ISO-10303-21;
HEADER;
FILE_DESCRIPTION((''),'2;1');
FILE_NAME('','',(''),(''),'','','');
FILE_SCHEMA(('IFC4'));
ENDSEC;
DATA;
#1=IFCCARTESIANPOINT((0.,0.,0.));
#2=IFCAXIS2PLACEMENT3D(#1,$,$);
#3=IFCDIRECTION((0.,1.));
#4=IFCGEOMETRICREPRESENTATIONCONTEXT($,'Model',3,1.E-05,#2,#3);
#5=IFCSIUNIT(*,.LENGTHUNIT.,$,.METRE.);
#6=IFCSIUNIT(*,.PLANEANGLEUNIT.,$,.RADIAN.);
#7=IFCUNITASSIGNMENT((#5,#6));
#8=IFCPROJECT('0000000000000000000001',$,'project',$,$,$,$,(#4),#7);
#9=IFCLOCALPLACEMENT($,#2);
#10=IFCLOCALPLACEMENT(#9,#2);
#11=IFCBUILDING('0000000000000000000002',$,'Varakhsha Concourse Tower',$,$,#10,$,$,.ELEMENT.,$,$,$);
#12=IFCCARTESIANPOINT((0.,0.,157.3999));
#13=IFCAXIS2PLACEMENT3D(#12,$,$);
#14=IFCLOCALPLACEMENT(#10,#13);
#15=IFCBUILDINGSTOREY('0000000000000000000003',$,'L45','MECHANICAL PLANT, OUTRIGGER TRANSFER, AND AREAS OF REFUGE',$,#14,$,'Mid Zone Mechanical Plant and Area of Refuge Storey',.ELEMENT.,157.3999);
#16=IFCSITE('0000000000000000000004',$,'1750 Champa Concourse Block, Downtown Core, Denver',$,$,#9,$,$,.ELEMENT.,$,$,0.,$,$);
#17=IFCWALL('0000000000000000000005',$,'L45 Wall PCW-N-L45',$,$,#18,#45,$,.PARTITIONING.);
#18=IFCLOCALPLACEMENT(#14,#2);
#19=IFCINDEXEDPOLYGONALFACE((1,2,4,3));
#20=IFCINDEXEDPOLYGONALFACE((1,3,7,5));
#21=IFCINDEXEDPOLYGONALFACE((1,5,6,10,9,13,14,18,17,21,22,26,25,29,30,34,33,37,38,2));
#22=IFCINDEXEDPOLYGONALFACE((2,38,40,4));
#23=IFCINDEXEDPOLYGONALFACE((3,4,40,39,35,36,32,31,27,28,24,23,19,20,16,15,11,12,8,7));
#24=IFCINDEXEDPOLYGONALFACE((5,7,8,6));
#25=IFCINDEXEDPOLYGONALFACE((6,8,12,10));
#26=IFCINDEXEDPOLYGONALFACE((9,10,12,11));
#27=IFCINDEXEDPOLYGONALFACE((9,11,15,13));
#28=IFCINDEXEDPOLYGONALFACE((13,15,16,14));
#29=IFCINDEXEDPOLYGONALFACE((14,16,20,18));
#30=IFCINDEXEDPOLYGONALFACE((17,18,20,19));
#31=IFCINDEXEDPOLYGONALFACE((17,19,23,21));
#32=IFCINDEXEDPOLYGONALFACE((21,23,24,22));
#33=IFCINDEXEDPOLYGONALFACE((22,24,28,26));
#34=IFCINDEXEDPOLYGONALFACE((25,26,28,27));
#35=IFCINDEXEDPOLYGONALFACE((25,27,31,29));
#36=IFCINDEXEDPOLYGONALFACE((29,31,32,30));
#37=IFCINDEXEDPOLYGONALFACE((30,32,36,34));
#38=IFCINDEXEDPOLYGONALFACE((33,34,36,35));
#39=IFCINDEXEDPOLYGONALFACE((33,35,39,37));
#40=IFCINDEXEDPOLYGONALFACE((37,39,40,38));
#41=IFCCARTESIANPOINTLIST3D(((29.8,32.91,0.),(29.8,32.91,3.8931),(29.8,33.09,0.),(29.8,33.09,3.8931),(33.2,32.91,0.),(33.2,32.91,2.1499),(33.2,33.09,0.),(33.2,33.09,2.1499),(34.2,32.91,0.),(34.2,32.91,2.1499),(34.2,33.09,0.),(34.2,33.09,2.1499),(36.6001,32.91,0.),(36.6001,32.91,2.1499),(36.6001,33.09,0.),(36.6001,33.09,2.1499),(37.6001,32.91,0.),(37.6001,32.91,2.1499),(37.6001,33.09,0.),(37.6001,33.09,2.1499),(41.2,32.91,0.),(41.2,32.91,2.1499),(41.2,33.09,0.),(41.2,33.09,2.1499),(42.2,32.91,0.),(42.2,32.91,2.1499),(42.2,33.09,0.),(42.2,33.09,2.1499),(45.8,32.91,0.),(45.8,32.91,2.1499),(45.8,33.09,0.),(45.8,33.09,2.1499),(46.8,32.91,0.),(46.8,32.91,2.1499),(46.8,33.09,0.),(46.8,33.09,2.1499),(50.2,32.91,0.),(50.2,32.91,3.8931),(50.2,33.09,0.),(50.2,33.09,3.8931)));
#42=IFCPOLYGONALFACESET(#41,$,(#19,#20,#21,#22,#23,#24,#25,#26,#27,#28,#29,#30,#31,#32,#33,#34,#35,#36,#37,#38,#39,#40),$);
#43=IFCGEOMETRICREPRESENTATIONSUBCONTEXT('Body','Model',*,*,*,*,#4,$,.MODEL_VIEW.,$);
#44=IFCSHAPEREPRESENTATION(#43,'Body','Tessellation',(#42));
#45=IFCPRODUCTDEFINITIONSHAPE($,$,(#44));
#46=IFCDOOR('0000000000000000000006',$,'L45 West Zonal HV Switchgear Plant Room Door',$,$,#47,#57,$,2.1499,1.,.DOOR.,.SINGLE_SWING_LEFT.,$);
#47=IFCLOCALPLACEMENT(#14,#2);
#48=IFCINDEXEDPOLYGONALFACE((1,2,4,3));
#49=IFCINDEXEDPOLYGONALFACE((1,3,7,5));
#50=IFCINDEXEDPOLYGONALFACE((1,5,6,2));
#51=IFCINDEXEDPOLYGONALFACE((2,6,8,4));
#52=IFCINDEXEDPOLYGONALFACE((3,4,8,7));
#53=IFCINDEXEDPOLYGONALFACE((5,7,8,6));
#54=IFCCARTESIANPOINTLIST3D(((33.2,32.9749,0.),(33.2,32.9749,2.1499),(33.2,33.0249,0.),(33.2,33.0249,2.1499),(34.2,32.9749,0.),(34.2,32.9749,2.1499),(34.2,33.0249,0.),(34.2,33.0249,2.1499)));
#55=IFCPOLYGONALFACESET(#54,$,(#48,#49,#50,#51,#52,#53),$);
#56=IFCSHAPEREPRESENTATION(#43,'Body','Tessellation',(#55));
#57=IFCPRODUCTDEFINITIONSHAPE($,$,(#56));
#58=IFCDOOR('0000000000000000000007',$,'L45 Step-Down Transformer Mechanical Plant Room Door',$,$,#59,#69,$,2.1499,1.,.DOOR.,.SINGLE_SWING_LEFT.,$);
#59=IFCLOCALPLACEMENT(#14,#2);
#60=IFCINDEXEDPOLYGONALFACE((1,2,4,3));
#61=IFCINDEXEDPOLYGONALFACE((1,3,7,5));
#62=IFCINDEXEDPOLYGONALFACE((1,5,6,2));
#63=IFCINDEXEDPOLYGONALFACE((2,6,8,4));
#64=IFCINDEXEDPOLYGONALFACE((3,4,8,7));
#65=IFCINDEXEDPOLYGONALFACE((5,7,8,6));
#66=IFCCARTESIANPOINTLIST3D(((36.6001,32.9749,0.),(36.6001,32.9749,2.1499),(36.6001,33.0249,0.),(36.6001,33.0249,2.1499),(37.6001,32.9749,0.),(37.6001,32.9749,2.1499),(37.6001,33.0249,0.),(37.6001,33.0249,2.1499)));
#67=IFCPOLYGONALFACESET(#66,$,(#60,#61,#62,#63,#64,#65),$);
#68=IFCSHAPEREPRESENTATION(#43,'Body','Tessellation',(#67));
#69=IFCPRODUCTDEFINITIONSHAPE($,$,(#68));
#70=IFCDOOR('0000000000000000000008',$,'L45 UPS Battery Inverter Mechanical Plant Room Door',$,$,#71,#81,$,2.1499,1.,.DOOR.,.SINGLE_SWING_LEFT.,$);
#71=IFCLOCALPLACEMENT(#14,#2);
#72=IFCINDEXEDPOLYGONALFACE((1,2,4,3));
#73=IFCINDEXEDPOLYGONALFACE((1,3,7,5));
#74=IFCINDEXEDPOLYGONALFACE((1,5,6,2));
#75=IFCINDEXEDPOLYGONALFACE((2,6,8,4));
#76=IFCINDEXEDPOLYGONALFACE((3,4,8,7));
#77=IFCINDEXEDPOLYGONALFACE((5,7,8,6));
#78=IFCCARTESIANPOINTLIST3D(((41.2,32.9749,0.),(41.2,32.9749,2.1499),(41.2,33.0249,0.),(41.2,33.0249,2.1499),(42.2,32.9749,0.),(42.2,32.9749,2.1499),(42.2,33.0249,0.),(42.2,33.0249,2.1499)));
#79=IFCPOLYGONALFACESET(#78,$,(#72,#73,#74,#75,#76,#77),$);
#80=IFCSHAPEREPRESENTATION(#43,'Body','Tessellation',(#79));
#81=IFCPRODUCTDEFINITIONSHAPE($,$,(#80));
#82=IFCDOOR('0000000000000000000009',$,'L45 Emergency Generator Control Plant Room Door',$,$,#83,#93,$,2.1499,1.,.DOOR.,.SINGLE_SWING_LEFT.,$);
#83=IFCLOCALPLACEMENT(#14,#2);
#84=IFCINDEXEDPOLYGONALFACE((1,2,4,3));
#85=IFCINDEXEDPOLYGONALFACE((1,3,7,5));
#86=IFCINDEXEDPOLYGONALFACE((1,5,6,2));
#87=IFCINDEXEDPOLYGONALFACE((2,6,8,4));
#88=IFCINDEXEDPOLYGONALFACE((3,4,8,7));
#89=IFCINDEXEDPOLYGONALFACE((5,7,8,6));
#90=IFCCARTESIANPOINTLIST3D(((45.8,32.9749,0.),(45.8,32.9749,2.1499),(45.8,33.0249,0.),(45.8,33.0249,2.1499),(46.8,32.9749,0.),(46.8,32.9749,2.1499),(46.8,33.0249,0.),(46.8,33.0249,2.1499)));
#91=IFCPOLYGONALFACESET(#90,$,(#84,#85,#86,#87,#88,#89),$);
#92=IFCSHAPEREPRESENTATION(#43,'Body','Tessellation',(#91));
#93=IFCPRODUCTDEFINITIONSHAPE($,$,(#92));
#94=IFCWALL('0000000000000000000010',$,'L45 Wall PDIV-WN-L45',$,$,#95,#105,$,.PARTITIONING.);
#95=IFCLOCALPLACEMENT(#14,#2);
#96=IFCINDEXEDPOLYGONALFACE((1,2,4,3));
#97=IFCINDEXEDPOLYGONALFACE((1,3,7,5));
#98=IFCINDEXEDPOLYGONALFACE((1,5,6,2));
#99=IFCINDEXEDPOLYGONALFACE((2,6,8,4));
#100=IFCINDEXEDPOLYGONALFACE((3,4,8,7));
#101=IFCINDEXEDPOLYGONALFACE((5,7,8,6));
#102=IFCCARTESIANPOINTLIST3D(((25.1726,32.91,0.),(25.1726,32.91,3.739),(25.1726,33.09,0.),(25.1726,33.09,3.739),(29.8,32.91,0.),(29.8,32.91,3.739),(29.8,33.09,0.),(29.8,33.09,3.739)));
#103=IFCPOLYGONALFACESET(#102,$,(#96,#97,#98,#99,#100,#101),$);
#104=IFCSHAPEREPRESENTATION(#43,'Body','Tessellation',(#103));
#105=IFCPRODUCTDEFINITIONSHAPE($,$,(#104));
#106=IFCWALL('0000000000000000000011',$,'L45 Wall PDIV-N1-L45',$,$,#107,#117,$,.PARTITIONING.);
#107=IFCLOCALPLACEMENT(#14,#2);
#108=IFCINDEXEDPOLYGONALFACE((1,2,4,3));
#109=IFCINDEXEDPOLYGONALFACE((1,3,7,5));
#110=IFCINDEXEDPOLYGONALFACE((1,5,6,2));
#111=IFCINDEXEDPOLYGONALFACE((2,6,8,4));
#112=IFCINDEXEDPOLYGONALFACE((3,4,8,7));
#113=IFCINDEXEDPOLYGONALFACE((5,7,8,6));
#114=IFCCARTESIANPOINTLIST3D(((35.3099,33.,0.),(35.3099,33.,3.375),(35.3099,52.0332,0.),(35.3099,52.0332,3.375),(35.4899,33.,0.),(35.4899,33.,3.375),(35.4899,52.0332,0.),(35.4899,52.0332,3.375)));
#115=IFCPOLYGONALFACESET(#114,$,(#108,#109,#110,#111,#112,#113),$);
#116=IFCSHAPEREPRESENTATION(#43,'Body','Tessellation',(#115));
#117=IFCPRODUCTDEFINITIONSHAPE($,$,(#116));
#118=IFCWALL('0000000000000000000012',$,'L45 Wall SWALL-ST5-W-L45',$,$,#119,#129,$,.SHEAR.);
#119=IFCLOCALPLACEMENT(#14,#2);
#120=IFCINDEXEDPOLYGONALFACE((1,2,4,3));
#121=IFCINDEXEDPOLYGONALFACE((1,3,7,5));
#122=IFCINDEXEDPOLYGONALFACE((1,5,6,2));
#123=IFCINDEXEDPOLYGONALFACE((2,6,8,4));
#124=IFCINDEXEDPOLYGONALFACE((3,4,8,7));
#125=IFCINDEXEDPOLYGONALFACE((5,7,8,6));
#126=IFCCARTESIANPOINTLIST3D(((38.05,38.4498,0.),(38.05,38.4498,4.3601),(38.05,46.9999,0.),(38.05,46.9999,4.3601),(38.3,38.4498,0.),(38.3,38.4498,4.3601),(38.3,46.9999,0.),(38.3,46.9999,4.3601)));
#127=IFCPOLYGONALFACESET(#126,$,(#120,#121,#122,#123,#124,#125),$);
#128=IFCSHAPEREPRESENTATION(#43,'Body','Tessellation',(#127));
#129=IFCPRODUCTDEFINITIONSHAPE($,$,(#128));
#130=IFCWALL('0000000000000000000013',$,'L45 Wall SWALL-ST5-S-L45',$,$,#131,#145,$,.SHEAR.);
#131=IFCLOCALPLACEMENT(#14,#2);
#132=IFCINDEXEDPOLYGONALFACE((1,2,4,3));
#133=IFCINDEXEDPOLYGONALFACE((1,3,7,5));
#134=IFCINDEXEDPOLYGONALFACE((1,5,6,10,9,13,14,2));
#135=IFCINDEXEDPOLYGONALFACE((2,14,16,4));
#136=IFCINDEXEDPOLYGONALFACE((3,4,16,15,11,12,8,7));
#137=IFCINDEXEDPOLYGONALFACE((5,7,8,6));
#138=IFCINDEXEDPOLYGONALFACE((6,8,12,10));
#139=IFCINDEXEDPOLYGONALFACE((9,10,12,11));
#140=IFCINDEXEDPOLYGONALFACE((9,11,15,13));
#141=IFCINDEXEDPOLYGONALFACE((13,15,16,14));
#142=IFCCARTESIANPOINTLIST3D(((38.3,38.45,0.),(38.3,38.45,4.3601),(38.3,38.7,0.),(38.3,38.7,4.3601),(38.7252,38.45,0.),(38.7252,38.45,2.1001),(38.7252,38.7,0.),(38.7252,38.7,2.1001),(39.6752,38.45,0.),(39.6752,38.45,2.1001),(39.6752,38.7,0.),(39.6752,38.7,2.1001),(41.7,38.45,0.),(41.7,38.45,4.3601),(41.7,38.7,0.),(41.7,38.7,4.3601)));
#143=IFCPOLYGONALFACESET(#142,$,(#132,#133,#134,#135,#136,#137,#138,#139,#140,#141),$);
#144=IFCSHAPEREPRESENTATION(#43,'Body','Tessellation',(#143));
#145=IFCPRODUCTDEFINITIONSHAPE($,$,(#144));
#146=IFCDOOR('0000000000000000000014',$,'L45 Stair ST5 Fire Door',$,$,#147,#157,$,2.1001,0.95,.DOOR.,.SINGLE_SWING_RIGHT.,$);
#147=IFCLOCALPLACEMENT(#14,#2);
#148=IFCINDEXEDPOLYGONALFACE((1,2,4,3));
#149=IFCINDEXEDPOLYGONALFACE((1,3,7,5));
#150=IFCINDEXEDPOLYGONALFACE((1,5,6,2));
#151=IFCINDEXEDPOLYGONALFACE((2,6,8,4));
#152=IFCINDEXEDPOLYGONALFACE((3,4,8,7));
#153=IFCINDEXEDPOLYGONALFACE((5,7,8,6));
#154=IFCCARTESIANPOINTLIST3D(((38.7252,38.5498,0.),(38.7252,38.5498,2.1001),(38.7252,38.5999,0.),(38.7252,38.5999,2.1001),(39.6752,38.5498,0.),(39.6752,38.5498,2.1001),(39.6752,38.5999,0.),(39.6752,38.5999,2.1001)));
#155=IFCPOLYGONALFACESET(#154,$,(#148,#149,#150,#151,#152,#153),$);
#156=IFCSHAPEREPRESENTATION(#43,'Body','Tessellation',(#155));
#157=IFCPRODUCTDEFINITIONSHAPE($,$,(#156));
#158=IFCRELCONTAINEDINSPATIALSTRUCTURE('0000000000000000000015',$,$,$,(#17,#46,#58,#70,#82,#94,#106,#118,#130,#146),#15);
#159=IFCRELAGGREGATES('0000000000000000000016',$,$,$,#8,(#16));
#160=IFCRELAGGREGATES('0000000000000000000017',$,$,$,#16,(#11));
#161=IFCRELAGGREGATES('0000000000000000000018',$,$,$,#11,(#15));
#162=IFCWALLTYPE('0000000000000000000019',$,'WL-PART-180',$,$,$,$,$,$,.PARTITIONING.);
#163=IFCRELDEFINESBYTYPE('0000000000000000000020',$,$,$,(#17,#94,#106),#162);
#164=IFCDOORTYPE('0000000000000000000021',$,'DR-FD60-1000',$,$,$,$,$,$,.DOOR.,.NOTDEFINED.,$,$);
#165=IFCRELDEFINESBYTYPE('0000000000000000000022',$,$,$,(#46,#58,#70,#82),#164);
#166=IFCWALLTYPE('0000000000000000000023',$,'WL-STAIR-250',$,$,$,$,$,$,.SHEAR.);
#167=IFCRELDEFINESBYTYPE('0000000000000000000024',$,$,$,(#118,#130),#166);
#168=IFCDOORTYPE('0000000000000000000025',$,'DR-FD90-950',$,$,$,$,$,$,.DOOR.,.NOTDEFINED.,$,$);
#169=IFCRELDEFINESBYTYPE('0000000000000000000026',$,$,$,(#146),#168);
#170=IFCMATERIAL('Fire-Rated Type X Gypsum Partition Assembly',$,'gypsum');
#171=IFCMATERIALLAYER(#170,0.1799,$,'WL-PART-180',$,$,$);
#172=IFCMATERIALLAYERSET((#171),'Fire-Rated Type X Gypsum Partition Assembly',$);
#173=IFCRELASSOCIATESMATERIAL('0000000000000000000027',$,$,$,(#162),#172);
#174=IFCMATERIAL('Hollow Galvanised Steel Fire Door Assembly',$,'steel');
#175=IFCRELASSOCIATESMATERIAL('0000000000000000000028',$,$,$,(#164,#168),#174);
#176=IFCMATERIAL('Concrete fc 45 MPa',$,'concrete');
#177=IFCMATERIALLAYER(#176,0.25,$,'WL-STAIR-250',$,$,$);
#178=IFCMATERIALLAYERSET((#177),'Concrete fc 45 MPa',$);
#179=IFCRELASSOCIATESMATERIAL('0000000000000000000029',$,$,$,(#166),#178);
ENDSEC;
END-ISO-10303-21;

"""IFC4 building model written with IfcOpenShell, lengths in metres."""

from ifc_helpers import new_model, si_unit, direction, frame, frame_2d, origin, place, context, subcontext, project, spatial, rectangle, extrude, material, layer, layer_set, type_object, element, fill, save


model = new_model("IFC4")

# Units and contexts
model_context = context("Model", 3, precision=1e-05, world=origin(), true_north=direction((0.0, 1.0)))
body_context = subcontext(model_context, "Body", "Model", "MODEL_VIEW")
ifc_project = project(units=[si_unit("LENGTHUNIT", "METRE"), si_unit("PLANEANGLEUNIT", "RADIAN")], contexts=[model_context])

# Site, building, storey
site_placement = place(None, origin())
site = spatial("IfcSite", under=ifc_project, at=site_placement, Name="1750 Champa Concourse Block, Downtown Core, Denver", CompositionType="ELEMENT", RefElevation=0.0)
building_placement = place(site_placement, origin())
building = spatial("IfcBuilding", under=site, at=building_placement, Name="Varakhsha Concourse Tower", CompositionType="ELEMENT")
storey_placement = place(building_placement, frame((0.0, 0.0, 157.3999)))
storey = spatial("IfcBuildingStorey", under=building, at=storey_placement, Name="L45", Description="MECHANICAL PLANT, OUTRIGGER TRANSFER, AND AREAS OF REFUGE", LongName="Mid Zone Mechanical Plant and Area of Refuge Storey", CompositionType="ELEMENT", Elevation=157.3999)

# Wall, openings, doors
ifc_material_1 = material(Name="Fire-Rated Type X Gypsum Partition Assembly", Category="gypsum")
ifc_layer_1 = layer(ifc_material_1, 0.1799, Name="WL-PART-180")
ifc_layer_set_1 = layer_set([ifc_layer_1], Name="Fire-Rated Type X Gypsum Partition Assembly")
wall_type_1 = type_object("IfcWallType", Name="WL-PART-180", PredefinedType="PARTITIONING", material=ifc_layer_set_1)
wall_1_placement = place(storey_placement, frame((29.8, 33.0, 0.0), z_axis=(0.0, 0.0, 1.0), x_axis=(1.0, 0.0, 0.0)))
wall_1 = element("IfcWall", 1, at=wall_1_placement, inside=storey, type_object=wall_type_1, Name="L45 Wall PCW-N-L45", PredefinedType="PARTITIONING", context=body_context, shape_type="SweptSolid", body=[
    extrude(rectangle(XDim=20.3999, YDim=0.1799, at=frame_2d((10.2, 0.0))), origin(), (0.0, 0.0, 1.0), 3.8931),
])
opening_1_placement = place(wall_1_placement, frame((3.3999, 0.0, 0.0)))
opening_1 = element("IfcOpeningElement", 2, at=opening_1_placement, cuts=wall_1, PredefinedType="OPENING", context=body_context, shape_type="SweptSolid", body=[
    extrude(rectangle(XDim=1.0, YDim=2.1499, at=frame_2d((0.5, 1.075))), frame((0.0, 0.0999, 0.0), z_axis=(0.0, -1.0, 0.0), x_axis=(1.0, 0.0, 0.0)), (0.0, 0.0, 1.0), 0.2),
])
opening_2_placement = place(wall_1_placement, frame((6.8, 0.0, 0.0)))
opening_2 = element("IfcOpeningElement", 3, at=opening_2_placement, cuts=wall_1, PredefinedType="OPENING", context=body_context, shape_type="SweptSolid", body=[
    extrude(rectangle(XDim=1.0, YDim=2.1499, at=frame_2d((0.5, 1.075))), frame((0.0, 0.0999, 0.0), z_axis=(0.0, -1.0, 0.0), x_axis=(1.0, 0.0, 0.0)), (0.0, 0.0, 1.0), 0.2),
])
opening_3_placement = place(wall_1_placement, frame((11.3999, 0.0, 0.0)))
opening_3 = element("IfcOpeningElement", 4, at=opening_3_placement, cuts=wall_1, PredefinedType="OPENING", context=body_context, shape_type="SweptSolid", body=[
    extrude(rectangle(XDim=1.0, YDim=2.1499, at=frame_2d((0.5, 1.075))), frame((0.0, 0.0999, 0.0), z_axis=(0.0, -1.0, 0.0), x_axis=(1.0, 0.0, 0.0)), (0.0, 0.0, 1.0), 0.2),
])
opening_4_placement = place(wall_1_placement, frame((16.0, 0.0, 0.0)))
opening_4 = element("IfcOpeningElement", 5, at=opening_4_placement, cuts=wall_1, PredefinedType="OPENING", context=body_context, shape_type="SweptSolid", body=[
    extrude(rectangle(XDim=1.0, YDim=2.1499, at=frame_2d((0.5, 1.075))), frame((0.0, 0.0999, 0.0), z_axis=(0.0, -1.0, 0.0), x_axis=(1.0, 0.0, 0.0)), (0.0, 0.0, 1.0), 0.2),
])
ifc_material_2 = material(Name="Hollow Galvanised Steel Fire Door Assembly", Category="steel")
door_type_1 = type_object("IfcDoorType", Name="DR-FD60-1000", OperationType="NOTDEFINED", PredefinedType="DOOR", material=ifc_material_2)
door_1_placement = place(opening_1_placement, origin())
door_1 = element("IfcDoor", 6, at=door_1_placement, inside=storey, type_object=door_type_1, Name="L45 West Zonal HV Switchgear Plant Room Door", OperationType="SINGLE_SWING_LEFT", OverallHeight=2.1499, OverallWidth=1.0, PredefinedType="DOOR", context=body_context, shape_type="SweptSolid", body=[
    extrude(rectangle(XDim=1.0, YDim=2.1499, at=frame_2d((0.5, 1.075))), frame((0.0, 0.0249, 0.0), z_axis=(0.0, -1.0, 0.0), x_axis=(1.0, 0.0, 0.0)), (0.0, 0.0, 1.0), 0.05),
])
fill(opening_1, door_1)
door_2_placement = place(opening_2_placement, origin())
door_2 = element("IfcDoor", 7, at=door_2_placement, inside=storey, type_object=door_type_1, Name="L45 Step-Down Transformer Mechanical Plant Room Door", OperationType="SINGLE_SWING_LEFT", OverallHeight=2.1499, OverallWidth=1.0, PredefinedType="DOOR", context=body_context, shape_type="SweptSolid", body=[
    extrude(rectangle(XDim=1.0, YDim=2.1499, at=frame_2d((0.5, 1.075))), frame((0.0, 0.0249, 0.0), z_axis=(0.0, -1.0, 0.0), x_axis=(1.0, 0.0, 0.0)), (0.0, 0.0, 1.0), 0.05),
])
fill(opening_2, door_2)
door_3_placement = place(opening_3_placement, origin())
door_3 = element("IfcDoor", 8, at=door_3_placement, inside=storey, type_object=door_type_1, Name="L45 UPS Battery Inverter Mechanical Plant Room Door", OperationType="SINGLE_SWING_LEFT", OverallHeight=2.1499, OverallWidth=1.0, PredefinedType="DOOR", context=body_context, shape_type="SweptSolid", body=[
    extrude(rectangle(XDim=1.0, YDim=2.1499, at=frame_2d((0.5, 1.075))), frame((0.0, 0.0249, 0.0), z_axis=(0.0, -1.0, 0.0), x_axis=(1.0, 0.0, 0.0)), (0.0, 0.0, 1.0), 0.05),
])
fill(opening_3, door_3)
door_4_placement = place(opening_4_placement, origin())
door_4 = element("IfcDoor", 9, at=door_4_placement, inside=storey, type_object=door_type_1, Name="L45 Emergency Generator Control Plant Room Door", OperationType="SINGLE_SWING_LEFT", OverallHeight=2.1499, OverallWidth=1.0, PredefinedType="DOOR", context=body_context, shape_type="SweptSolid", body=[
    extrude(rectangle(XDim=1.0, YDim=2.1499, at=frame_2d((0.5, 1.075))), frame((0.0, 0.0249, 0.0), z_axis=(0.0, -1.0, 0.0), x_axis=(1.0, 0.0, 0.0)), (0.0, 0.0, 1.0), 0.05),
])
fill(opening_4, door_4)

# Walls
wall_2_placement = place(storey_placement, frame((25.1726, 33.0, 0.0), z_axis=(0.0, 0.0, 1.0), x_axis=(1.0, 0.0, 0.0)))
element("IfcWall", 10, at=wall_2_placement, inside=storey, type_object=wall_type_1, Name="L45 Wall PDIV-WN-L45", PredefinedType="PARTITIONING", context=body_context, shape_type="SweptSolid", body=[
    extrude(rectangle(XDim=4.6274, YDim=0.1799, at=frame_2d((2.3137, 0.0))), origin(), (0.0, 0.0, 1.0), 3.739),
])
wall_3_placement = place(storey_placement, frame((35.3999, 33.0, 0.0), z_axis=(0.0, 0.0, 1.0), x_axis=(0.0, 1.0, 0.0)))
element("IfcWall", 11, at=wall_3_placement, inside=storey, type_object=wall_type_1, Name="L45 Wall PDIV-N1-L45", PredefinedType="PARTITIONING", context=body_context, shape_type="SweptSolid", body=[
    extrude(rectangle(XDim=19.0332, YDim=0.1799, at=frame_2d((9.5166, 0.0))), origin(), (0.0, 0.0, 1.0), 3.375),
])
ifc_material_3 = material(Name="Concrete fc 45 MPa", Category="concrete")
ifc_layer_2 = layer(ifc_material_3, 0.25, Name="WL-STAIR-250")
ifc_layer_set_2 = layer_set([ifc_layer_2], Name="Concrete fc 45 MPa")
wall_type_2 = type_object("IfcWallType", Name="WL-STAIR-250", PredefinedType="SHEAR", material=ifc_layer_set_2)
wall_4_placement = place(storey_placement, frame((38.175, 38.45, 0.0), z_axis=(0.0, 0.0, 1.0), x_axis=(0.0, 1.0, 0.0)))
element("IfcWall", 12, at=wall_4_placement, inside=storey, type_object=wall_type_2, Name="L45 Wall SWALL-ST5-W-L45", PredefinedType="SHEAR", context=body_context, shape_type="SweptSolid", body=[
    extrude(rectangle(XDim=8.55, YDim=0.25, at=frame_2d((4.2749, 0.0))), origin(), (0.0, 0.0, 1.0), 4.3601),
])

# Wall, opening, door
wall_5_placement = place(storey_placement, frame((38.3, 38.575, 0.0), z_axis=(0.0, 0.0, 1.0), x_axis=(1.0, 0.0, 0.0)))
wall_5 = element("IfcWall", 13, at=wall_5_placement, inside=storey, type_object=wall_type_2, Name="L45 Wall SWALL-ST5-S-L45", PredefinedType="SHEAR", context=body_context, shape_type="SweptSolid", body=[
    extrude(rectangle(XDim=3.3999, YDim=0.25, at=frame_2d((1.7, 0.0))), origin(), (0.0, 0.0, 1.0), 4.3601),
])
opening_5_placement = place(wall_5_placement, frame((0.425, 0.0, 0.0)))
opening_5 = element("IfcOpeningElement", 14, at=opening_5_placement, cuts=wall_5, PredefinedType="OPENING", context=body_context, shape_type="SweptSolid", body=[
    extrude(rectangle(XDim=0.95, YDim=2.1001, at=frame_2d((0.4751, 1.05))), frame((0.0, 0.135, 0.0), z_axis=(0.0, -1.0, 0.0), x_axis=(1.0, 0.0, 0.0)), (0.0, 0.0, 1.0), 0.27),
])
door_type_2 = type_object("IfcDoorType", Name="DR-FD90-950", OperationType="NOTDEFINED", PredefinedType="DOOR", material=ifc_material_2)
door_5_placement = place(opening_5_placement, origin())
door_5 = element("IfcDoor", 15, at=door_5_placement, inside=storey, type_object=door_type_2, Name="L45 Stair ST5 Fire Door", OperationType="SINGLE_SWING_RIGHT", OverallHeight=2.1001, OverallWidth=0.95, PredefinedType="DOOR", context=body_context, shape_type="SweptSolid", body=[
    extrude(rectangle(XDim=0.95, YDim=2.1001, at=frame_2d((0.4751, 1.05))), frame((0.0, 0.0249, 0.0), z_axis=(0.0, -1.0, 0.0), x_axis=(1.0, 0.0, 0.0)), (0.0, 0.0, 1.0), 0.05),
])
fill(opening_5, door_5)

save(model, "model.ifc")
